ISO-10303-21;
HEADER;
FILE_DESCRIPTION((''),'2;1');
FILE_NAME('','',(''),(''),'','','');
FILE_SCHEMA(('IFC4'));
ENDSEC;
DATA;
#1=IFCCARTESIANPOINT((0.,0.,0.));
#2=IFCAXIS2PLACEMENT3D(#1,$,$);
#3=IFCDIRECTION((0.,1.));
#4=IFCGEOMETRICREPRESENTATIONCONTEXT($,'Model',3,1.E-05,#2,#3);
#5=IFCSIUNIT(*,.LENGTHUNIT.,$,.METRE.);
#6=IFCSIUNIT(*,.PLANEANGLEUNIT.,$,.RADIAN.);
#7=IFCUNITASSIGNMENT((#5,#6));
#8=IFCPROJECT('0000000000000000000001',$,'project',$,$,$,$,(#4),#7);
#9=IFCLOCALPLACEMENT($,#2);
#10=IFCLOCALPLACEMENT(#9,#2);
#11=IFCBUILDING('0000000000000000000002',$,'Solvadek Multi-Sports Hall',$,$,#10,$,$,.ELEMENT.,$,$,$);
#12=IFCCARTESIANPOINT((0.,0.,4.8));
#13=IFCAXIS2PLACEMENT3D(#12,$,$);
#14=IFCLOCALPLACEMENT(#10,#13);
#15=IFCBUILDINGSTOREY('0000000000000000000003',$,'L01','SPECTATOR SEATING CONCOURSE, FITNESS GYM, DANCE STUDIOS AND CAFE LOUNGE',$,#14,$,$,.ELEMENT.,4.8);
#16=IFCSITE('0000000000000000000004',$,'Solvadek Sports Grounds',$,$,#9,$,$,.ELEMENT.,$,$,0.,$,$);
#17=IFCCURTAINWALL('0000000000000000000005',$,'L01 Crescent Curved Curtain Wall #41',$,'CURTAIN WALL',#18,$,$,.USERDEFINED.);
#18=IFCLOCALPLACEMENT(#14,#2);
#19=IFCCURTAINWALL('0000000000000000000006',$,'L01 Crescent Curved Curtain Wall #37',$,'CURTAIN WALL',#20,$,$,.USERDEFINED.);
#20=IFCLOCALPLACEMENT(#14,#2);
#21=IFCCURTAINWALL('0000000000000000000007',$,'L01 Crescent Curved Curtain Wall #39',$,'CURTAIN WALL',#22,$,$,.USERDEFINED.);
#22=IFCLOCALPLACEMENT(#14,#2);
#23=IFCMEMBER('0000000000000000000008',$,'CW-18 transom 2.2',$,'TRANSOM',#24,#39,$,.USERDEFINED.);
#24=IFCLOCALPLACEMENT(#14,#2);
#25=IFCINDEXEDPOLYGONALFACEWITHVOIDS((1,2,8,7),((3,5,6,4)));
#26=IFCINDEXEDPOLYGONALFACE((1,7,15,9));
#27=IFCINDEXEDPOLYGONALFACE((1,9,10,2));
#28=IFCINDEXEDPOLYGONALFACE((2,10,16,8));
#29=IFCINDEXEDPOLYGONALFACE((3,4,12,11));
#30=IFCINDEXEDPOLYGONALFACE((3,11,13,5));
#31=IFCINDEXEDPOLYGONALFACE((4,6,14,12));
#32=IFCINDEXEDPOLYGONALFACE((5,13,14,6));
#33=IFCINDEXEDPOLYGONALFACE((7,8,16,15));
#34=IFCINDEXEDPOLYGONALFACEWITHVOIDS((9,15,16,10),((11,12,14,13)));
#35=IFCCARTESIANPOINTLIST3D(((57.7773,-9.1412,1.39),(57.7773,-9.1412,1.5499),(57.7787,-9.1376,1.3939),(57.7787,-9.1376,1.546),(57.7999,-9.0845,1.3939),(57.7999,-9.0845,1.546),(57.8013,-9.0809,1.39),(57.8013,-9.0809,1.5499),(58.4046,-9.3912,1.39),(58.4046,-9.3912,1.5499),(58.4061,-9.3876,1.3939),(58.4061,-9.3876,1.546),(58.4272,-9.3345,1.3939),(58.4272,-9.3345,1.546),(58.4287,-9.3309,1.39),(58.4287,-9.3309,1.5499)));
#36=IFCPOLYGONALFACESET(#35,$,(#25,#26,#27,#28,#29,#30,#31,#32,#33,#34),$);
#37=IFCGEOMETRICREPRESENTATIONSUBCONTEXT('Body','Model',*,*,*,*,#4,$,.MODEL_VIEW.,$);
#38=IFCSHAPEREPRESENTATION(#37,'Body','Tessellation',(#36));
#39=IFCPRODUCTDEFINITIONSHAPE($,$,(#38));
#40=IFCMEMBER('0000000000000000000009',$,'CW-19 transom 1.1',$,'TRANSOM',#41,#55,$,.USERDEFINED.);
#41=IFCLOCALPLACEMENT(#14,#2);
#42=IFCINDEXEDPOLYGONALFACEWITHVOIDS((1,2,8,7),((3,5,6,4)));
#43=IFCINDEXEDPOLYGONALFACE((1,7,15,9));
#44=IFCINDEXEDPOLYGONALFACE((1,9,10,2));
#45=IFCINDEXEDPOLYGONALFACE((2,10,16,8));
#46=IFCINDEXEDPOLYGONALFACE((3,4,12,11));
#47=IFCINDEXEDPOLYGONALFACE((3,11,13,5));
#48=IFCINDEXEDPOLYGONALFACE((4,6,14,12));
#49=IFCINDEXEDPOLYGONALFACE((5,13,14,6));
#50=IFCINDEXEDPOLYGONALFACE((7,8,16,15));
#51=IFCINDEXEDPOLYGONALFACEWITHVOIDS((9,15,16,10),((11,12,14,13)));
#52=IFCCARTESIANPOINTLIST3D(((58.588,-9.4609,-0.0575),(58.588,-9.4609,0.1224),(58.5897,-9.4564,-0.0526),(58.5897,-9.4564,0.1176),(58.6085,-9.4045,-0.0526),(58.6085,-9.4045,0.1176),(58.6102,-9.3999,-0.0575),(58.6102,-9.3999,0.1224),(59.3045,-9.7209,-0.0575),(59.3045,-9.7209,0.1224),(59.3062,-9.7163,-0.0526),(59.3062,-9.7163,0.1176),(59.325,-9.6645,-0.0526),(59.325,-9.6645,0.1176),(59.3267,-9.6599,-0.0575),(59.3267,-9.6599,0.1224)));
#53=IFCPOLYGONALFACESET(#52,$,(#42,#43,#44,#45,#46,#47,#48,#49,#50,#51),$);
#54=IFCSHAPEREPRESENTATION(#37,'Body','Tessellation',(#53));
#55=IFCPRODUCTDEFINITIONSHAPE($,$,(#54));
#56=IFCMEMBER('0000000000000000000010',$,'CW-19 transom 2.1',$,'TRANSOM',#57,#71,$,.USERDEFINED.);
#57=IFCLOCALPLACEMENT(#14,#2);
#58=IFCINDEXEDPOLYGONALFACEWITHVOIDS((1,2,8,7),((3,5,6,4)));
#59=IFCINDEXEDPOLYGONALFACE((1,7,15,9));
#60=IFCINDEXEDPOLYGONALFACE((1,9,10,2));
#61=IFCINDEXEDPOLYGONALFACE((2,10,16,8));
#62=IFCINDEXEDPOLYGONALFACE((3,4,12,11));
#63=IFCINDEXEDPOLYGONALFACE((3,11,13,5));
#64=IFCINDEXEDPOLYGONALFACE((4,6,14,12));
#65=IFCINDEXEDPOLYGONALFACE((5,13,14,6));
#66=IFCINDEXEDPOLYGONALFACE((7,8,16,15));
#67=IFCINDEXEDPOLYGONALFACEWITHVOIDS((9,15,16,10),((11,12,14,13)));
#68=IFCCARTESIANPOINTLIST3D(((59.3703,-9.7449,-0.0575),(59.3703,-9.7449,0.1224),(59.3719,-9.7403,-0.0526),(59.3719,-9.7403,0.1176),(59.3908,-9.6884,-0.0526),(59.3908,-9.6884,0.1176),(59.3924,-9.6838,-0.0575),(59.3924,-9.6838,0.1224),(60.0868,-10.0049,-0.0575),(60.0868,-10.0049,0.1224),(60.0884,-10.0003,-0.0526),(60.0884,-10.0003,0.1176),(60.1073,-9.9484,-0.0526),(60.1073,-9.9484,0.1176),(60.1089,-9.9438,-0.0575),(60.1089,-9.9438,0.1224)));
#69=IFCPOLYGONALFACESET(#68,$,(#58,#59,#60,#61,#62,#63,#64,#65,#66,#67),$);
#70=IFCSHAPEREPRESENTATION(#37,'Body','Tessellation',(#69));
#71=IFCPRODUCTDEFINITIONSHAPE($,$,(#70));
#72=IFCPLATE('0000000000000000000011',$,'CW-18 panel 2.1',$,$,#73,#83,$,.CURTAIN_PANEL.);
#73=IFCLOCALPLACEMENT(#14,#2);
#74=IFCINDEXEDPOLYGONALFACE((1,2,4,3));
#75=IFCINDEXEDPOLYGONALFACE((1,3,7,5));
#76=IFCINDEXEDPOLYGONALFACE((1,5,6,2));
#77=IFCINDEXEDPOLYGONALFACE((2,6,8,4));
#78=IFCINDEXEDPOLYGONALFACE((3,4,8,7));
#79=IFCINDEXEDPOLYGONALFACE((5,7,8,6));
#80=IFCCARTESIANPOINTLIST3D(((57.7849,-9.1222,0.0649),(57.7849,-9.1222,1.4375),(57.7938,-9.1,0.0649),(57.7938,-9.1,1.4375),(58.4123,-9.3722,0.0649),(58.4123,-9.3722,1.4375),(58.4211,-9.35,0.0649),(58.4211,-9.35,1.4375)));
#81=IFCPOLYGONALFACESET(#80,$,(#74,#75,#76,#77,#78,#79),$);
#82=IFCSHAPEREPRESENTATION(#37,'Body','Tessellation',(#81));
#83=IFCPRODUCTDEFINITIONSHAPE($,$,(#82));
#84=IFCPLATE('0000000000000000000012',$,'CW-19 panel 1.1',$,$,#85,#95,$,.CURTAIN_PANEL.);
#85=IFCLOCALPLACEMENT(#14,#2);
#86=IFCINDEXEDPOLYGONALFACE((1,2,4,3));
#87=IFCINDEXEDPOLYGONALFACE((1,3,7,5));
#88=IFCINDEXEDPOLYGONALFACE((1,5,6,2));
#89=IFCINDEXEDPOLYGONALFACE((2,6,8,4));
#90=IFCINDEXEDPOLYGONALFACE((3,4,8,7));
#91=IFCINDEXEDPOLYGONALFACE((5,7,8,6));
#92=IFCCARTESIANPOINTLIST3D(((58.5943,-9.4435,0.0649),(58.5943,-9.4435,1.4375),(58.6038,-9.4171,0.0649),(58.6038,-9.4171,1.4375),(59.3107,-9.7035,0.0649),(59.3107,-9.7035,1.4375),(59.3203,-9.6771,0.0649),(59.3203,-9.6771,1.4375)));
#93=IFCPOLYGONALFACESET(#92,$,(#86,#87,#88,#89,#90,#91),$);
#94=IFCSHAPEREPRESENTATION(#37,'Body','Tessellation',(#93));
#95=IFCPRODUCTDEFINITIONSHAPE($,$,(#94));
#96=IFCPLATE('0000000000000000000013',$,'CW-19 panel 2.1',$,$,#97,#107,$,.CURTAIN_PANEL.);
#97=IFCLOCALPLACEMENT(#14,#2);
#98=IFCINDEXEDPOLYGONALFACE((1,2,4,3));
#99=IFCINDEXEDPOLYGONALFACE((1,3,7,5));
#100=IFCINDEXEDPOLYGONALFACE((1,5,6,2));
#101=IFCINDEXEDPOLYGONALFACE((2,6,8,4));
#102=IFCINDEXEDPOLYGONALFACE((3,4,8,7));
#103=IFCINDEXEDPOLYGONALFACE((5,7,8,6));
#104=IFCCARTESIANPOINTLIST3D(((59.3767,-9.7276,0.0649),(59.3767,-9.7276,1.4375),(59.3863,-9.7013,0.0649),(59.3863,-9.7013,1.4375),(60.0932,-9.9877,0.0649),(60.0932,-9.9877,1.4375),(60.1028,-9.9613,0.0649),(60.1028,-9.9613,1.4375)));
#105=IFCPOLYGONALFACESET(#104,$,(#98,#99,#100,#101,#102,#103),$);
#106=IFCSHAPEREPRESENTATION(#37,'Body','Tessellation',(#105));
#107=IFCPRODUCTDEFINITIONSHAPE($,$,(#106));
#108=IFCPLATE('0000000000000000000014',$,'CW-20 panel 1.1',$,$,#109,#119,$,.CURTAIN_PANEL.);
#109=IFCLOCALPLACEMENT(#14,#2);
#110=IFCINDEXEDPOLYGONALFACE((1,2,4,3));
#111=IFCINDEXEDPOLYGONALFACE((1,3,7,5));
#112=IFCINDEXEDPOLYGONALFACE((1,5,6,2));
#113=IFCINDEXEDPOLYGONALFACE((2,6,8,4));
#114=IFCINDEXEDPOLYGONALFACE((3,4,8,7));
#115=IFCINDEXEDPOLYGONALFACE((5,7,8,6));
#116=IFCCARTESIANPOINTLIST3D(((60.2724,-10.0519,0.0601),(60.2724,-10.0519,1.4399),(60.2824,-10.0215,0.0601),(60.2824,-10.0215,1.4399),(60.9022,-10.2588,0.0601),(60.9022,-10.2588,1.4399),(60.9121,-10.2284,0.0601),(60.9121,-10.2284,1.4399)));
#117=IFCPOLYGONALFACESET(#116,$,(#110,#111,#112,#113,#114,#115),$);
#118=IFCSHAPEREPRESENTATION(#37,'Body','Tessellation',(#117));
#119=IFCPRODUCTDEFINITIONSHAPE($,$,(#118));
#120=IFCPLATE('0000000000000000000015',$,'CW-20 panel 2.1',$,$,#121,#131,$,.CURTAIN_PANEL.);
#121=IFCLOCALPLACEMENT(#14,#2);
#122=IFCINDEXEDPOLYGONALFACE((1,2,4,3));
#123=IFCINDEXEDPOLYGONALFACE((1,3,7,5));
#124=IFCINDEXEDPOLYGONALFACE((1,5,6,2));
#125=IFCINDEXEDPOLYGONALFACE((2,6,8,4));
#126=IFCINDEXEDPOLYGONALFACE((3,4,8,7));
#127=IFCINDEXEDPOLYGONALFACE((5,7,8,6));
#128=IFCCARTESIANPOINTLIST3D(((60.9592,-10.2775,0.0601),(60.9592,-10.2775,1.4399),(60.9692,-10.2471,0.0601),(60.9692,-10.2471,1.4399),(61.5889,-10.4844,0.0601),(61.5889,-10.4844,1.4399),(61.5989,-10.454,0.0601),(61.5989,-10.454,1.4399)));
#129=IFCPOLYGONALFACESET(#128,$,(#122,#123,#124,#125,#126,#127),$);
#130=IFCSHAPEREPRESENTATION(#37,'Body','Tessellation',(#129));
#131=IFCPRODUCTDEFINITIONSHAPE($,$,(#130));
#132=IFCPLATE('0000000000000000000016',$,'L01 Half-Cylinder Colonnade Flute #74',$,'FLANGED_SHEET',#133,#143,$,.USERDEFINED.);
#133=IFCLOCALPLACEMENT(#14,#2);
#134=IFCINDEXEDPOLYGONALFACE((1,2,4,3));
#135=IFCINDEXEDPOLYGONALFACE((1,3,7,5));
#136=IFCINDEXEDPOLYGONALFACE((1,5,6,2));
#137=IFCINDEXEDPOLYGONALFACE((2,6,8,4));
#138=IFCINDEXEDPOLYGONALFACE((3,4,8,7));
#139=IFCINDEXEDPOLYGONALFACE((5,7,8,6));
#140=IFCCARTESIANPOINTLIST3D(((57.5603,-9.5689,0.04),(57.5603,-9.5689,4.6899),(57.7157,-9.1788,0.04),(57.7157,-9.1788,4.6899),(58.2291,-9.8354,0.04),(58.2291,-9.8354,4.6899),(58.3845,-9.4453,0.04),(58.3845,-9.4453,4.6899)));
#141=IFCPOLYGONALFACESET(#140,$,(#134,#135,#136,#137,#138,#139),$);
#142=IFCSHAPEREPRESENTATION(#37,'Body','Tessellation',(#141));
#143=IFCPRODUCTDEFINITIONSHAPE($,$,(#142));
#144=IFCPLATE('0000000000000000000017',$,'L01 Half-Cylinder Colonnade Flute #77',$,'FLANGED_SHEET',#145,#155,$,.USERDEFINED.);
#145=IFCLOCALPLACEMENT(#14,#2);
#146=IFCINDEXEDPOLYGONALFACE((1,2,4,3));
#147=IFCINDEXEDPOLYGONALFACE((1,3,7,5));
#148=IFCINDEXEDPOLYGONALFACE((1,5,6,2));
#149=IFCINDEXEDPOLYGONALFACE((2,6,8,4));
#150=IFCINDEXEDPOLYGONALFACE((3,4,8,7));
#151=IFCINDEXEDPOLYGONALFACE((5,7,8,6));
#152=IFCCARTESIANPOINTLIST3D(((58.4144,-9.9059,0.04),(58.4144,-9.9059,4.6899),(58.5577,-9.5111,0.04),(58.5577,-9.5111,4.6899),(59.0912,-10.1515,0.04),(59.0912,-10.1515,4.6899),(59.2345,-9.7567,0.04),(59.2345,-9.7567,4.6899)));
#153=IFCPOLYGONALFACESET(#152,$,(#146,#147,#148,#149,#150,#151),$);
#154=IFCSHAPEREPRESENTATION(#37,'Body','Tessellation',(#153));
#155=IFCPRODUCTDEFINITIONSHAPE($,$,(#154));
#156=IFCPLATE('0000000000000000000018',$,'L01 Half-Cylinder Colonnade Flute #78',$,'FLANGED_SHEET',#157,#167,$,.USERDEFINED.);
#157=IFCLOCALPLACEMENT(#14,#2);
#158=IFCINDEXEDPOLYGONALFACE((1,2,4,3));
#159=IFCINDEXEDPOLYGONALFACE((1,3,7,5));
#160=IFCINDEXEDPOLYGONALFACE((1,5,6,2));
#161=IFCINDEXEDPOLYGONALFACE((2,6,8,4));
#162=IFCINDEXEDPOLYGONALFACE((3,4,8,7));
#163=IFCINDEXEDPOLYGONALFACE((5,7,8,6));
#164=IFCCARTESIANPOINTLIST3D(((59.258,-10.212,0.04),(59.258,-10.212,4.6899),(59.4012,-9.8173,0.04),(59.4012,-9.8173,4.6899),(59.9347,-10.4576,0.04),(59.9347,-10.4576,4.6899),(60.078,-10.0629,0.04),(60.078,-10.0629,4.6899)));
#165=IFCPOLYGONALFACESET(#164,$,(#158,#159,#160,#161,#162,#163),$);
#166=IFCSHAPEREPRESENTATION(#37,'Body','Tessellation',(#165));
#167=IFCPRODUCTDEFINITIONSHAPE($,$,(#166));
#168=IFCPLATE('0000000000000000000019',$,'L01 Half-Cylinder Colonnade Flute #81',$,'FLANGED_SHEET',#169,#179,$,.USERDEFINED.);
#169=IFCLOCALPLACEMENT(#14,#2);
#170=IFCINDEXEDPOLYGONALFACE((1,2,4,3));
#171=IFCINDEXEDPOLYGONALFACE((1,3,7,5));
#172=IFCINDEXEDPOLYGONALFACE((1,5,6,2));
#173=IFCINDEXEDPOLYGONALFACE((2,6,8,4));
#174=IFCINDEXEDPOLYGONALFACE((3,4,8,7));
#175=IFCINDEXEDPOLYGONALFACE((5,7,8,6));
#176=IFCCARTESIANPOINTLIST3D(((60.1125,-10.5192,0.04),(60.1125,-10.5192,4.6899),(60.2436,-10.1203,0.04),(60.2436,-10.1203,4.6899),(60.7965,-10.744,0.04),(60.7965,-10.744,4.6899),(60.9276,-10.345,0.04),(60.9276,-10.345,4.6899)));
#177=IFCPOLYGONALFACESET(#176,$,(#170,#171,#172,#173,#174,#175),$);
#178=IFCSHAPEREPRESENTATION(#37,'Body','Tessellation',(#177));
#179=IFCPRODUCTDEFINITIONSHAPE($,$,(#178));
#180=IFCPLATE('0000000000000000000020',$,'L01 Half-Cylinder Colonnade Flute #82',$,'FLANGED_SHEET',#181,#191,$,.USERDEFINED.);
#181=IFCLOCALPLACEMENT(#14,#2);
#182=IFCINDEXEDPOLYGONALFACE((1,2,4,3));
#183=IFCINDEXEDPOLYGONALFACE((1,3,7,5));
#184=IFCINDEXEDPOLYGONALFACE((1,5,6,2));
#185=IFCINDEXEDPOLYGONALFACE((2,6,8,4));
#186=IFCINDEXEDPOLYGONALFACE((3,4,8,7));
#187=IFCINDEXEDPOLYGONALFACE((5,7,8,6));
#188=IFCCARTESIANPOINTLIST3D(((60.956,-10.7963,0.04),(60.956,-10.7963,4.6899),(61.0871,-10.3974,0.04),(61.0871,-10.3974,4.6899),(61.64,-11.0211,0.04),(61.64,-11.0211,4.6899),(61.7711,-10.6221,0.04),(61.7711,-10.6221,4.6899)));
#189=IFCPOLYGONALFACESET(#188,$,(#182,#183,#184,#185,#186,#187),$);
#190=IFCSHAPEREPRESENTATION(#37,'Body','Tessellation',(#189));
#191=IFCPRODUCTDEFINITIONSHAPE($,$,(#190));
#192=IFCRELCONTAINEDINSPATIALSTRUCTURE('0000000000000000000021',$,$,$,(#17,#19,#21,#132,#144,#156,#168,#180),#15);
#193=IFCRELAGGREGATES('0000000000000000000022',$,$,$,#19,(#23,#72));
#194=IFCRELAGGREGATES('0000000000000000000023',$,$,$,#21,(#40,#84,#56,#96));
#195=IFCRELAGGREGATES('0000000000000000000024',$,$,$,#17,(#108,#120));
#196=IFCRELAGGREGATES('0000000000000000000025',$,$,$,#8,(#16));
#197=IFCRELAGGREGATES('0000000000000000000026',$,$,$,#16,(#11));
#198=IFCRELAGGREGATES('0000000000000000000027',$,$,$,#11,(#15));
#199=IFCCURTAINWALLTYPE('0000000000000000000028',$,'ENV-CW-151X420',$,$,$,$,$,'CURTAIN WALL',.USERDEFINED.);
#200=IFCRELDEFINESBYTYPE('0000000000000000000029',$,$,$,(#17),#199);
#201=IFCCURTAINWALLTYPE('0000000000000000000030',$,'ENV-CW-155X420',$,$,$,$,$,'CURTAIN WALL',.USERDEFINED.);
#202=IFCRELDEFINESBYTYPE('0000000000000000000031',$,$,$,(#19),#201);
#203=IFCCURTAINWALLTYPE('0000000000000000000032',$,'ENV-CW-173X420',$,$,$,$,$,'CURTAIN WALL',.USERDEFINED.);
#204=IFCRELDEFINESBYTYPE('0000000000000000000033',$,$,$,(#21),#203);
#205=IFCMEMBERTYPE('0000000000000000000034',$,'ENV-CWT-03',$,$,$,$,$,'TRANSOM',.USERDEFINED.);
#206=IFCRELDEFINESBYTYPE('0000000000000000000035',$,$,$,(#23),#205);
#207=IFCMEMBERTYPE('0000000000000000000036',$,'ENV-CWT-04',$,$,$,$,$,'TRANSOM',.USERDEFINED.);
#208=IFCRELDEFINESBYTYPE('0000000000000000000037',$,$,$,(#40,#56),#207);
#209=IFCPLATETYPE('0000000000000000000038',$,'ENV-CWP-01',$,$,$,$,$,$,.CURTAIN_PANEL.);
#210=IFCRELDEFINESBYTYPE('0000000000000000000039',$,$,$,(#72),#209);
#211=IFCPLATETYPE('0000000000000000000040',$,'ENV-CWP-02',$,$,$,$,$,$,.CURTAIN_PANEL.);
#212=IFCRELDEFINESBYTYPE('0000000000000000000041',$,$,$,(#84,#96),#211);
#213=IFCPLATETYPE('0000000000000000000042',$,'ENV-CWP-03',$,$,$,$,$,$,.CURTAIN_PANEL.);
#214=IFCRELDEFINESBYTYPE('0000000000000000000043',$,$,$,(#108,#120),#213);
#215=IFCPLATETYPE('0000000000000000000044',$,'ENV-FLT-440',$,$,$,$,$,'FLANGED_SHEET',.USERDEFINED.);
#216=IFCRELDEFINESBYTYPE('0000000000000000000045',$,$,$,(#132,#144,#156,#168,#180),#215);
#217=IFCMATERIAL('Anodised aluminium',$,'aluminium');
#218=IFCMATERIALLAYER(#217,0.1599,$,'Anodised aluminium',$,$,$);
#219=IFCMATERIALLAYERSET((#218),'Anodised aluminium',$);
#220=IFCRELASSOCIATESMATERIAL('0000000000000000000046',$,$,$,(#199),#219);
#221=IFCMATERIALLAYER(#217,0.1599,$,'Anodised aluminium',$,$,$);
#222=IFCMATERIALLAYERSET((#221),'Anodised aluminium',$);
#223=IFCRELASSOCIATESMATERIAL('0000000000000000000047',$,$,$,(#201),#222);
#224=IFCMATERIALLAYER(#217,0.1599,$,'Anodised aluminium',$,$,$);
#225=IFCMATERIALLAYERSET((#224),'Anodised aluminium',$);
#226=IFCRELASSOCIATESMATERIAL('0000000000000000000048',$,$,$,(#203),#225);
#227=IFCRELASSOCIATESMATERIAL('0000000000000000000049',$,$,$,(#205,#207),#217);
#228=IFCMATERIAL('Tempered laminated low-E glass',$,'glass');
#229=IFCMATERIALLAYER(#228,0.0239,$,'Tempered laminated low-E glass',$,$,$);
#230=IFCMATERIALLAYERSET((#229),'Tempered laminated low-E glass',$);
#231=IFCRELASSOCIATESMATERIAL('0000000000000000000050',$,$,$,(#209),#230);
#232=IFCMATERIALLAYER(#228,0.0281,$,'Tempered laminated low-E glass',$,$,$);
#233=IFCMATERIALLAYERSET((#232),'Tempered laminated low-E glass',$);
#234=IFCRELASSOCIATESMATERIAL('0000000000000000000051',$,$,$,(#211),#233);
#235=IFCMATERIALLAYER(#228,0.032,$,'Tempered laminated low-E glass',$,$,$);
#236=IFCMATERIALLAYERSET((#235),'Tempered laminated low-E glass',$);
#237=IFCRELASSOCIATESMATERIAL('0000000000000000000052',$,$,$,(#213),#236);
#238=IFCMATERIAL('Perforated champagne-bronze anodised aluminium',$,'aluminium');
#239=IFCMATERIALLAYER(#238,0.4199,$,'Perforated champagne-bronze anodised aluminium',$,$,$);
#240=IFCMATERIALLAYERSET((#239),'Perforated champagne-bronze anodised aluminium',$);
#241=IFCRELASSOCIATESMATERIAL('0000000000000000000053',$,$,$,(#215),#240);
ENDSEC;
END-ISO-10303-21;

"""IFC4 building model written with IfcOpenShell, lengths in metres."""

from ifc_helpers import new_model, si_unit, direction, frame, origin, origin_2d, place, context, subcontext, project, spatial, rectangle, hollow_rectangle, extrude, material, layer, layer_set, material_profile, profile_set, type_object, element, aggregate, save


model = new_model("IFC4")

# Units and contexts
model_context = context("Model", 3, precision=1e-05, world=origin(), true_north=direction((0.0, 1.0)))
body_context = subcontext(model_context, "Body", "Model", "MODEL_VIEW")
ifc_project = project(units=[si_unit("LENGTHUNIT", "METRE"), si_unit("PLANEANGLEUNIT", "RADIAN")], contexts=[model_context])

# Site, building, storey
site_placement = place(None, origin())
site = spatial("IfcSite", under=ifc_project, at=site_placement, Name="Solvadek Sports Grounds", CompositionType="ELEMENT", RefElevation=0.0)
building_placement = place(site_placement, origin())
building = spatial("IfcBuilding", under=site, at=building_placement, Name="Solvadek Multi-Sports Hall", CompositionType="ELEMENT")
storey_placement = place(building_placement, frame((0.0, 0.0, 4.8)))
storey = spatial("IfcBuildingStorey", under=building, at=storey_placement, Name="L01", Description="SPECTATOR SEATING CONCOURSE, FITNESS GYM, DANCE STUDIOS AND CAFE LOUNGE", CompositionType="ELEMENT", Elevation=4.8)

# Curtain walls
ifc_material_1 = material(Name="Anodised aluminium", Category="aluminium")
ifc_layer_1 = layer(ifc_material_1, 0.1599, Name="Anodised aluminium")
ifc_layer_set_1 = layer_set([ifc_layer_1], Name="Anodised aluminium")
curtain_wall_type_1 = type_object("IfcCurtainWallType", Name="ENV-CW-151X420", ElementType="CURTAIN WALL", PredefinedType="USERDEFINED", material=ifc_layer_set_1)
curtain_wall_1_placement = place(storey_placement, origin())
curtain_wall_1 = element("IfcCurtainWall", 1, at=curtain_wall_1_placement, inside=storey, type_object=curtain_wall_type_1, Name="L01 Crescent Curved Curtain Wall #41", ObjectType="CURTAIN WALL", PredefinedType="USERDEFINED")
ifc_layer_2 = layer(ifc_material_1, 0.1599, Name="Anodised aluminium")
ifc_layer_set_2 = layer_set([ifc_layer_2], Name="Anodised aluminium")
curtain_wall_type_2 = type_object("IfcCurtainWallType", Name="ENV-CW-155X420", ElementType="CURTAIN WALL", PredefinedType="USERDEFINED", material=ifc_layer_set_2)
curtain_wall_2_placement = place(storey_placement, origin())
curtain_wall_2 = element("IfcCurtainWall", 2, at=curtain_wall_2_placement, inside=storey, type_object=curtain_wall_type_2, Name="L01 Crescent Curved Curtain Wall #37", ObjectType="CURTAIN WALL", PredefinedType="USERDEFINED")
ifc_layer_3 = layer(ifc_material_1, 0.1599, Name="Anodised aluminium")
ifc_layer_set_3 = layer_set([ifc_layer_3], Name="Anodised aluminium")
curtain_wall_type_3 = type_object("IfcCurtainWallType", Name="ENV-CW-173X420", ElementType="CURTAIN WALL", PredefinedType="USERDEFINED", material=ifc_layer_set_3)
curtain_wall_3_placement = place(storey_placement, origin())
curtain_wall_3 = element("IfcCurtainWall", 3, at=curtain_wall_3_placement, inside=storey, type_object=curtain_wall_type_3, Name="L01 Crescent Curved Curtain Wall #39", ObjectType="CURTAIN WALL", PredefinedType="USERDEFINED")

# Members
ifc_material_profile_1 = material_profile(ifc_material_1, hollow_rectangle(XDim=0.0649, YDim=0.1599, WallThickness=0.0039, at=origin_2d()), Name="ALU-T 160x65x4")
ifc_profile_set_1 = profile_set([ifc_material_profile_1], Name="Anodised aluminium")
member_type_1 = type_object("IfcMemberType", Name="ENV-CWT-03", ElementType="TRANSOM", PredefinedType="USERDEFINED", material=ifc_profile_set_1)
member_1_placement = place(storey_placement, frame((57.7893, -9.1111, 1.47), z_axis=(0.928974, -0.370144, 0.0), x_axis=(0.370144, 0.928974, 0.0)))
member_1 = element("IfcMember", 4, at=member_1_placement, type_object=member_type_1, Name="CW-18 transom 2.2", ObjectType="TRANSOM", PredefinedType="USERDEFINED", context=body_context, shape_type="SweptSolid", body=[
    extrude(hollow_rectangle(XDim=0.0649, YDim=0.1599, WallThickness=0.0039, at=origin_2d()), origin(), (0.0, 0.0, 1.0), 0.6753),
])
ifc_material_profile_2 = material_profile(ifc_material_1, hollow_rectangle(XDim=0.0649, YDim=0.1799, WallThickness=0.0049, at=origin_2d()), Name="ALU-T 180x65x5")
ifc_profile_set_2 = profile_set([ifc_material_profile_2], Name="Anodised aluminium")
member_type_2 = type_object("IfcMemberType", Name="ENV-CWT-04", ElementType="TRANSOM", PredefinedType="USERDEFINED", material=ifc_profile_set_2)
member_2_placement = place(storey_placement, frame((58.5991, -9.4304, 0.0325), z_axis=(0.940027, -0.3411, 0.0), x_axis=(0.3411, 0.940027, 0.0)))
member_2 = element("IfcMember", 5, at=member_2_placement, type_object=member_type_2, Name="CW-19 transom 1.1", ObjectType="TRANSOM", PredefinedType="USERDEFINED", context=body_context, shape_type="SweptSolid", body=[
    extrude(hollow_rectangle(XDim=0.0649, YDim=0.1799, WallThickness=0.0049, at=origin_2d()), origin(), (0.0, 0.0, 1.0), 0.7622),
])
member_3_placement = place(storey_placement, frame((59.3813, -9.7144, 0.0325), z_axis=(0.940027, -0.3411, 0.0), x_axis=(0.3411, 0.940027, 0.0)))
member_3 = element("IfcMember", 6, at=member_3_placement, type_object=member_type_2, Name="CW-19 transom 2.1", ObjectType="TRANSOM", PredefinedType="USERDEFINED", context=body_context, shape_type="SweptSolid", body=[
    extrude(hollow_rectangle(XDim=0.0649, YDim=0.1799, WallThickness=0.0049, at=origin_2d()), origin(), (0.0, 0.0, 1.0), 0.7622),
])

# Plates
ifc_material_2 = material(Name="Tempered laminated low-E glass", Category="glass")
ifc_layer_4 = layer(ifc_material_2, 0.0239, Name="Tempered laminated low-E glass")
ifc_layer_set_4 = layer_set([ifc_layer_4], Name="Tempered laminated low-E glass")
plate_type_1 = type_object("IfcPlateType", Name="ENV-CWP-01", PredefinedType="CURTAIN_PANEL", material=ifc_layer_set_4)
plate_1_placement = place(storey_placement, frame((58.103, -9.2361, 0.0649), z_axis=(0.0, 0.0, 1.0), x_axis=(0.928967, -0.370163, 0.0)))
plate_1 = element("IfcPlate", 7, at=plate_1_placement, type_object=plate_type_1, Name="CW-18 panel 2.1", PredefinedType="CURTAIN_PANEL", context=body_context, shape_type="SweptSolid", body=[
    extrude(rectangle(XDim=0.6753, YDim=0.0239, at=origin_2d()), origin(), (0.0, 0.0, 1.0), 1.3726),
])
aggregate(curtain_wall_2, [member_1, plate_1])
ifc_layer_5 = layer(ifc_material_2, 0.0281, Name="Tempered laminated low-E glass")
ifc_layer_set_5 = layer_set([ifc_layer_5], Name="Tempered laminated low-E glass")
plate_type_2 = type_object("IfcPlateType", Name="ENV-CWP-02", PredefinedType="CURTAIN_PANEL", material=ifc_layer_set_5)
plate_2_placement = place(storey_placement, frame((58.9573, -9.5603, 0.0649), z_axis=(0.0, 0.0, 1.0), x_axis=(0.939992, -0.341197, 0.0)))
plate_2 = element("IfcPlate", 8, at=plate_2_placement, type_object=plate_type_2, Name="CW-19 panel 1.1", PredefinedType="CURTAIN_PANEL", context=body_context, shape_type="SweptSolid", body=[
    extrude(rectangle(XDim=0.7622, YDim=0.0281, at=origin_2d()), origin(), (0.0, 0.0, 1.0), 1.3726),
])
plate_3_placement = place(storey_placement, frame((59.7397, -9.8445, 0.0649), z_axis=(0.0, 0.0, 1.0), x_axis=(0.939992, -0.341197, 0.0)))
plate_3 = element("IfcPlate", 9, at=plate_3_placement, type_object=plate_type_2, Name="CW-19 panel 2.1", PredefinedType="CURTAIN_PANEL", context=body_context, shape_type="SweptSolid", body=[
    extrude(rectangle(XDim=0.7622, YDim=0.0281, at=origin_2d()), origin(), (0.0, 0.0, 1.0), 1.3726),
])
aggregate(curtain_wall_3, [member_2, plate_2, member_3, plate_3])
ifc_layer_6 = layer(ifc_material_2, 0.032, Name="Tempered laminated low-E glass")
ifc_layer_set_6 = layer_set([ifc_layer_6], Name="Tempered laminated low-E glass")
plate_type_3 = type_object("IfcPlateType", Name="ENV-CWP-03", PredefinedType="CURTAIN_PANEL", material=ifc_layer_set_6)
plate_4_placement = place(storey_placement, frame((60.5923, -10.1401, 0.0601), z_axis=(0.0, 0.0, 1.0), x_axis=(0.950049, -0.3121, 0.0)))
plate_4 = element("IfcPlate", 10, at=plate_4_placement, type_object=plate_type_3, Name="CW-20 panel 1.1", PredefinedType="CURTAIN_PANEL", context=body_context, shape_type="SweptSolid", body=[
    extrude(rectangle(XDim=0.6628, YDim=0.032, at=origin_2d()), origin(), (0.0, 0.0, 1.0), 1.3799),
])
plate_5_placement = place(storey_placement, frame((61.2791, -10.3657, 0.0601), z_axis=(0.0, 0.0, 1.0), x_axis=(0.950049, -0.3121, 0.0)))
plate_5 = element("IfcPlate", 11, at=plate_5_placement, type_object=plate_type_3, Name="CW-20 panel 2.1", PredefinedType="CURTAIN_PANEL", context=body_context, shape_type="SweptSolid", body=[
    extrude(rectangle(XDim=0.6628, YDim=0.032, at=origin_2d()), origin(), (0.0, 0.0, 1.0), 1.3799),
])
aggregate(curtain_wall_1, [plate_4, plate_5])

# Plates
ifc_material_3 = material(Name="Perforated champagne-bronze anodised aluminium", Category="aluminium")
ifc_layer_7 = layer(ifc_material_3, 0.4199, Name="Perforated champagne-bronze anodised aluminium")
ifc_layer_set_7 = layer_set([ifc_layer_7], Name="Perforated champagne-bronze anodised aluminium")
plate_type_4 = type_object("IfcPlateType", Name="ENV-FLT-440", ElementType="FLANGED_SHEET", PredefinedType="USERDEFINED", material=ifc_layer_set_7)
for number, where, z_axis, x_axis, name in (
    (12, (57.9724, -9.5071, 0.04), (0.0, 0.0, 1.0), (0.928981, -0.370128, 0.0), "L01 Half-Cylinder Colonnade Flute #74"),
    (13, (58.8245, -9.8313, 0.04), (0.0, 0.0, 1.0), (0.940005, -0.341161, 0.0), "L01 Half-Cylinder Colonnade Flute #77"),
    (14, (59.668, -10.1375, 0.04), (0.0, 0.0, 1.0), (0.940005, -0.341161, 0.0), "L01 Half-Cylinder Colonnade Flute #78"),
    (15, (60.52, -10.4321, 0.04), (0.0, 0.0, 1.0), (0.950043, -0.312119, 0.0), "L01 Half-Cylinder Colonnade Flute #81"),
    (16, (61.3635, -10.7092, 0.04), (0.0, 0.0, 1.0), (0.950043, -0.312119, 0.0), "L01 Half-Cylinder Colonnade Flute #82"),
):
    element("IfcPlate", number, at=place(storey_placement, frame(where, z_axis=z_axis, x_axis=x_axis)), inside=storey, type_object=plate_type_4, Name=name, ObjectType="FLANGED_SHEET", PredefinedType="USERDEFINED", context=body_context, shape_type="SweptSolid", body=[
        extrude(rectangle(XDim=0.72, YDim=0.4199, at=origin_2d()), origin(), (0.0, 0.0, 1.0), 4.6499),
    ])

save(model, "model.ifc")
